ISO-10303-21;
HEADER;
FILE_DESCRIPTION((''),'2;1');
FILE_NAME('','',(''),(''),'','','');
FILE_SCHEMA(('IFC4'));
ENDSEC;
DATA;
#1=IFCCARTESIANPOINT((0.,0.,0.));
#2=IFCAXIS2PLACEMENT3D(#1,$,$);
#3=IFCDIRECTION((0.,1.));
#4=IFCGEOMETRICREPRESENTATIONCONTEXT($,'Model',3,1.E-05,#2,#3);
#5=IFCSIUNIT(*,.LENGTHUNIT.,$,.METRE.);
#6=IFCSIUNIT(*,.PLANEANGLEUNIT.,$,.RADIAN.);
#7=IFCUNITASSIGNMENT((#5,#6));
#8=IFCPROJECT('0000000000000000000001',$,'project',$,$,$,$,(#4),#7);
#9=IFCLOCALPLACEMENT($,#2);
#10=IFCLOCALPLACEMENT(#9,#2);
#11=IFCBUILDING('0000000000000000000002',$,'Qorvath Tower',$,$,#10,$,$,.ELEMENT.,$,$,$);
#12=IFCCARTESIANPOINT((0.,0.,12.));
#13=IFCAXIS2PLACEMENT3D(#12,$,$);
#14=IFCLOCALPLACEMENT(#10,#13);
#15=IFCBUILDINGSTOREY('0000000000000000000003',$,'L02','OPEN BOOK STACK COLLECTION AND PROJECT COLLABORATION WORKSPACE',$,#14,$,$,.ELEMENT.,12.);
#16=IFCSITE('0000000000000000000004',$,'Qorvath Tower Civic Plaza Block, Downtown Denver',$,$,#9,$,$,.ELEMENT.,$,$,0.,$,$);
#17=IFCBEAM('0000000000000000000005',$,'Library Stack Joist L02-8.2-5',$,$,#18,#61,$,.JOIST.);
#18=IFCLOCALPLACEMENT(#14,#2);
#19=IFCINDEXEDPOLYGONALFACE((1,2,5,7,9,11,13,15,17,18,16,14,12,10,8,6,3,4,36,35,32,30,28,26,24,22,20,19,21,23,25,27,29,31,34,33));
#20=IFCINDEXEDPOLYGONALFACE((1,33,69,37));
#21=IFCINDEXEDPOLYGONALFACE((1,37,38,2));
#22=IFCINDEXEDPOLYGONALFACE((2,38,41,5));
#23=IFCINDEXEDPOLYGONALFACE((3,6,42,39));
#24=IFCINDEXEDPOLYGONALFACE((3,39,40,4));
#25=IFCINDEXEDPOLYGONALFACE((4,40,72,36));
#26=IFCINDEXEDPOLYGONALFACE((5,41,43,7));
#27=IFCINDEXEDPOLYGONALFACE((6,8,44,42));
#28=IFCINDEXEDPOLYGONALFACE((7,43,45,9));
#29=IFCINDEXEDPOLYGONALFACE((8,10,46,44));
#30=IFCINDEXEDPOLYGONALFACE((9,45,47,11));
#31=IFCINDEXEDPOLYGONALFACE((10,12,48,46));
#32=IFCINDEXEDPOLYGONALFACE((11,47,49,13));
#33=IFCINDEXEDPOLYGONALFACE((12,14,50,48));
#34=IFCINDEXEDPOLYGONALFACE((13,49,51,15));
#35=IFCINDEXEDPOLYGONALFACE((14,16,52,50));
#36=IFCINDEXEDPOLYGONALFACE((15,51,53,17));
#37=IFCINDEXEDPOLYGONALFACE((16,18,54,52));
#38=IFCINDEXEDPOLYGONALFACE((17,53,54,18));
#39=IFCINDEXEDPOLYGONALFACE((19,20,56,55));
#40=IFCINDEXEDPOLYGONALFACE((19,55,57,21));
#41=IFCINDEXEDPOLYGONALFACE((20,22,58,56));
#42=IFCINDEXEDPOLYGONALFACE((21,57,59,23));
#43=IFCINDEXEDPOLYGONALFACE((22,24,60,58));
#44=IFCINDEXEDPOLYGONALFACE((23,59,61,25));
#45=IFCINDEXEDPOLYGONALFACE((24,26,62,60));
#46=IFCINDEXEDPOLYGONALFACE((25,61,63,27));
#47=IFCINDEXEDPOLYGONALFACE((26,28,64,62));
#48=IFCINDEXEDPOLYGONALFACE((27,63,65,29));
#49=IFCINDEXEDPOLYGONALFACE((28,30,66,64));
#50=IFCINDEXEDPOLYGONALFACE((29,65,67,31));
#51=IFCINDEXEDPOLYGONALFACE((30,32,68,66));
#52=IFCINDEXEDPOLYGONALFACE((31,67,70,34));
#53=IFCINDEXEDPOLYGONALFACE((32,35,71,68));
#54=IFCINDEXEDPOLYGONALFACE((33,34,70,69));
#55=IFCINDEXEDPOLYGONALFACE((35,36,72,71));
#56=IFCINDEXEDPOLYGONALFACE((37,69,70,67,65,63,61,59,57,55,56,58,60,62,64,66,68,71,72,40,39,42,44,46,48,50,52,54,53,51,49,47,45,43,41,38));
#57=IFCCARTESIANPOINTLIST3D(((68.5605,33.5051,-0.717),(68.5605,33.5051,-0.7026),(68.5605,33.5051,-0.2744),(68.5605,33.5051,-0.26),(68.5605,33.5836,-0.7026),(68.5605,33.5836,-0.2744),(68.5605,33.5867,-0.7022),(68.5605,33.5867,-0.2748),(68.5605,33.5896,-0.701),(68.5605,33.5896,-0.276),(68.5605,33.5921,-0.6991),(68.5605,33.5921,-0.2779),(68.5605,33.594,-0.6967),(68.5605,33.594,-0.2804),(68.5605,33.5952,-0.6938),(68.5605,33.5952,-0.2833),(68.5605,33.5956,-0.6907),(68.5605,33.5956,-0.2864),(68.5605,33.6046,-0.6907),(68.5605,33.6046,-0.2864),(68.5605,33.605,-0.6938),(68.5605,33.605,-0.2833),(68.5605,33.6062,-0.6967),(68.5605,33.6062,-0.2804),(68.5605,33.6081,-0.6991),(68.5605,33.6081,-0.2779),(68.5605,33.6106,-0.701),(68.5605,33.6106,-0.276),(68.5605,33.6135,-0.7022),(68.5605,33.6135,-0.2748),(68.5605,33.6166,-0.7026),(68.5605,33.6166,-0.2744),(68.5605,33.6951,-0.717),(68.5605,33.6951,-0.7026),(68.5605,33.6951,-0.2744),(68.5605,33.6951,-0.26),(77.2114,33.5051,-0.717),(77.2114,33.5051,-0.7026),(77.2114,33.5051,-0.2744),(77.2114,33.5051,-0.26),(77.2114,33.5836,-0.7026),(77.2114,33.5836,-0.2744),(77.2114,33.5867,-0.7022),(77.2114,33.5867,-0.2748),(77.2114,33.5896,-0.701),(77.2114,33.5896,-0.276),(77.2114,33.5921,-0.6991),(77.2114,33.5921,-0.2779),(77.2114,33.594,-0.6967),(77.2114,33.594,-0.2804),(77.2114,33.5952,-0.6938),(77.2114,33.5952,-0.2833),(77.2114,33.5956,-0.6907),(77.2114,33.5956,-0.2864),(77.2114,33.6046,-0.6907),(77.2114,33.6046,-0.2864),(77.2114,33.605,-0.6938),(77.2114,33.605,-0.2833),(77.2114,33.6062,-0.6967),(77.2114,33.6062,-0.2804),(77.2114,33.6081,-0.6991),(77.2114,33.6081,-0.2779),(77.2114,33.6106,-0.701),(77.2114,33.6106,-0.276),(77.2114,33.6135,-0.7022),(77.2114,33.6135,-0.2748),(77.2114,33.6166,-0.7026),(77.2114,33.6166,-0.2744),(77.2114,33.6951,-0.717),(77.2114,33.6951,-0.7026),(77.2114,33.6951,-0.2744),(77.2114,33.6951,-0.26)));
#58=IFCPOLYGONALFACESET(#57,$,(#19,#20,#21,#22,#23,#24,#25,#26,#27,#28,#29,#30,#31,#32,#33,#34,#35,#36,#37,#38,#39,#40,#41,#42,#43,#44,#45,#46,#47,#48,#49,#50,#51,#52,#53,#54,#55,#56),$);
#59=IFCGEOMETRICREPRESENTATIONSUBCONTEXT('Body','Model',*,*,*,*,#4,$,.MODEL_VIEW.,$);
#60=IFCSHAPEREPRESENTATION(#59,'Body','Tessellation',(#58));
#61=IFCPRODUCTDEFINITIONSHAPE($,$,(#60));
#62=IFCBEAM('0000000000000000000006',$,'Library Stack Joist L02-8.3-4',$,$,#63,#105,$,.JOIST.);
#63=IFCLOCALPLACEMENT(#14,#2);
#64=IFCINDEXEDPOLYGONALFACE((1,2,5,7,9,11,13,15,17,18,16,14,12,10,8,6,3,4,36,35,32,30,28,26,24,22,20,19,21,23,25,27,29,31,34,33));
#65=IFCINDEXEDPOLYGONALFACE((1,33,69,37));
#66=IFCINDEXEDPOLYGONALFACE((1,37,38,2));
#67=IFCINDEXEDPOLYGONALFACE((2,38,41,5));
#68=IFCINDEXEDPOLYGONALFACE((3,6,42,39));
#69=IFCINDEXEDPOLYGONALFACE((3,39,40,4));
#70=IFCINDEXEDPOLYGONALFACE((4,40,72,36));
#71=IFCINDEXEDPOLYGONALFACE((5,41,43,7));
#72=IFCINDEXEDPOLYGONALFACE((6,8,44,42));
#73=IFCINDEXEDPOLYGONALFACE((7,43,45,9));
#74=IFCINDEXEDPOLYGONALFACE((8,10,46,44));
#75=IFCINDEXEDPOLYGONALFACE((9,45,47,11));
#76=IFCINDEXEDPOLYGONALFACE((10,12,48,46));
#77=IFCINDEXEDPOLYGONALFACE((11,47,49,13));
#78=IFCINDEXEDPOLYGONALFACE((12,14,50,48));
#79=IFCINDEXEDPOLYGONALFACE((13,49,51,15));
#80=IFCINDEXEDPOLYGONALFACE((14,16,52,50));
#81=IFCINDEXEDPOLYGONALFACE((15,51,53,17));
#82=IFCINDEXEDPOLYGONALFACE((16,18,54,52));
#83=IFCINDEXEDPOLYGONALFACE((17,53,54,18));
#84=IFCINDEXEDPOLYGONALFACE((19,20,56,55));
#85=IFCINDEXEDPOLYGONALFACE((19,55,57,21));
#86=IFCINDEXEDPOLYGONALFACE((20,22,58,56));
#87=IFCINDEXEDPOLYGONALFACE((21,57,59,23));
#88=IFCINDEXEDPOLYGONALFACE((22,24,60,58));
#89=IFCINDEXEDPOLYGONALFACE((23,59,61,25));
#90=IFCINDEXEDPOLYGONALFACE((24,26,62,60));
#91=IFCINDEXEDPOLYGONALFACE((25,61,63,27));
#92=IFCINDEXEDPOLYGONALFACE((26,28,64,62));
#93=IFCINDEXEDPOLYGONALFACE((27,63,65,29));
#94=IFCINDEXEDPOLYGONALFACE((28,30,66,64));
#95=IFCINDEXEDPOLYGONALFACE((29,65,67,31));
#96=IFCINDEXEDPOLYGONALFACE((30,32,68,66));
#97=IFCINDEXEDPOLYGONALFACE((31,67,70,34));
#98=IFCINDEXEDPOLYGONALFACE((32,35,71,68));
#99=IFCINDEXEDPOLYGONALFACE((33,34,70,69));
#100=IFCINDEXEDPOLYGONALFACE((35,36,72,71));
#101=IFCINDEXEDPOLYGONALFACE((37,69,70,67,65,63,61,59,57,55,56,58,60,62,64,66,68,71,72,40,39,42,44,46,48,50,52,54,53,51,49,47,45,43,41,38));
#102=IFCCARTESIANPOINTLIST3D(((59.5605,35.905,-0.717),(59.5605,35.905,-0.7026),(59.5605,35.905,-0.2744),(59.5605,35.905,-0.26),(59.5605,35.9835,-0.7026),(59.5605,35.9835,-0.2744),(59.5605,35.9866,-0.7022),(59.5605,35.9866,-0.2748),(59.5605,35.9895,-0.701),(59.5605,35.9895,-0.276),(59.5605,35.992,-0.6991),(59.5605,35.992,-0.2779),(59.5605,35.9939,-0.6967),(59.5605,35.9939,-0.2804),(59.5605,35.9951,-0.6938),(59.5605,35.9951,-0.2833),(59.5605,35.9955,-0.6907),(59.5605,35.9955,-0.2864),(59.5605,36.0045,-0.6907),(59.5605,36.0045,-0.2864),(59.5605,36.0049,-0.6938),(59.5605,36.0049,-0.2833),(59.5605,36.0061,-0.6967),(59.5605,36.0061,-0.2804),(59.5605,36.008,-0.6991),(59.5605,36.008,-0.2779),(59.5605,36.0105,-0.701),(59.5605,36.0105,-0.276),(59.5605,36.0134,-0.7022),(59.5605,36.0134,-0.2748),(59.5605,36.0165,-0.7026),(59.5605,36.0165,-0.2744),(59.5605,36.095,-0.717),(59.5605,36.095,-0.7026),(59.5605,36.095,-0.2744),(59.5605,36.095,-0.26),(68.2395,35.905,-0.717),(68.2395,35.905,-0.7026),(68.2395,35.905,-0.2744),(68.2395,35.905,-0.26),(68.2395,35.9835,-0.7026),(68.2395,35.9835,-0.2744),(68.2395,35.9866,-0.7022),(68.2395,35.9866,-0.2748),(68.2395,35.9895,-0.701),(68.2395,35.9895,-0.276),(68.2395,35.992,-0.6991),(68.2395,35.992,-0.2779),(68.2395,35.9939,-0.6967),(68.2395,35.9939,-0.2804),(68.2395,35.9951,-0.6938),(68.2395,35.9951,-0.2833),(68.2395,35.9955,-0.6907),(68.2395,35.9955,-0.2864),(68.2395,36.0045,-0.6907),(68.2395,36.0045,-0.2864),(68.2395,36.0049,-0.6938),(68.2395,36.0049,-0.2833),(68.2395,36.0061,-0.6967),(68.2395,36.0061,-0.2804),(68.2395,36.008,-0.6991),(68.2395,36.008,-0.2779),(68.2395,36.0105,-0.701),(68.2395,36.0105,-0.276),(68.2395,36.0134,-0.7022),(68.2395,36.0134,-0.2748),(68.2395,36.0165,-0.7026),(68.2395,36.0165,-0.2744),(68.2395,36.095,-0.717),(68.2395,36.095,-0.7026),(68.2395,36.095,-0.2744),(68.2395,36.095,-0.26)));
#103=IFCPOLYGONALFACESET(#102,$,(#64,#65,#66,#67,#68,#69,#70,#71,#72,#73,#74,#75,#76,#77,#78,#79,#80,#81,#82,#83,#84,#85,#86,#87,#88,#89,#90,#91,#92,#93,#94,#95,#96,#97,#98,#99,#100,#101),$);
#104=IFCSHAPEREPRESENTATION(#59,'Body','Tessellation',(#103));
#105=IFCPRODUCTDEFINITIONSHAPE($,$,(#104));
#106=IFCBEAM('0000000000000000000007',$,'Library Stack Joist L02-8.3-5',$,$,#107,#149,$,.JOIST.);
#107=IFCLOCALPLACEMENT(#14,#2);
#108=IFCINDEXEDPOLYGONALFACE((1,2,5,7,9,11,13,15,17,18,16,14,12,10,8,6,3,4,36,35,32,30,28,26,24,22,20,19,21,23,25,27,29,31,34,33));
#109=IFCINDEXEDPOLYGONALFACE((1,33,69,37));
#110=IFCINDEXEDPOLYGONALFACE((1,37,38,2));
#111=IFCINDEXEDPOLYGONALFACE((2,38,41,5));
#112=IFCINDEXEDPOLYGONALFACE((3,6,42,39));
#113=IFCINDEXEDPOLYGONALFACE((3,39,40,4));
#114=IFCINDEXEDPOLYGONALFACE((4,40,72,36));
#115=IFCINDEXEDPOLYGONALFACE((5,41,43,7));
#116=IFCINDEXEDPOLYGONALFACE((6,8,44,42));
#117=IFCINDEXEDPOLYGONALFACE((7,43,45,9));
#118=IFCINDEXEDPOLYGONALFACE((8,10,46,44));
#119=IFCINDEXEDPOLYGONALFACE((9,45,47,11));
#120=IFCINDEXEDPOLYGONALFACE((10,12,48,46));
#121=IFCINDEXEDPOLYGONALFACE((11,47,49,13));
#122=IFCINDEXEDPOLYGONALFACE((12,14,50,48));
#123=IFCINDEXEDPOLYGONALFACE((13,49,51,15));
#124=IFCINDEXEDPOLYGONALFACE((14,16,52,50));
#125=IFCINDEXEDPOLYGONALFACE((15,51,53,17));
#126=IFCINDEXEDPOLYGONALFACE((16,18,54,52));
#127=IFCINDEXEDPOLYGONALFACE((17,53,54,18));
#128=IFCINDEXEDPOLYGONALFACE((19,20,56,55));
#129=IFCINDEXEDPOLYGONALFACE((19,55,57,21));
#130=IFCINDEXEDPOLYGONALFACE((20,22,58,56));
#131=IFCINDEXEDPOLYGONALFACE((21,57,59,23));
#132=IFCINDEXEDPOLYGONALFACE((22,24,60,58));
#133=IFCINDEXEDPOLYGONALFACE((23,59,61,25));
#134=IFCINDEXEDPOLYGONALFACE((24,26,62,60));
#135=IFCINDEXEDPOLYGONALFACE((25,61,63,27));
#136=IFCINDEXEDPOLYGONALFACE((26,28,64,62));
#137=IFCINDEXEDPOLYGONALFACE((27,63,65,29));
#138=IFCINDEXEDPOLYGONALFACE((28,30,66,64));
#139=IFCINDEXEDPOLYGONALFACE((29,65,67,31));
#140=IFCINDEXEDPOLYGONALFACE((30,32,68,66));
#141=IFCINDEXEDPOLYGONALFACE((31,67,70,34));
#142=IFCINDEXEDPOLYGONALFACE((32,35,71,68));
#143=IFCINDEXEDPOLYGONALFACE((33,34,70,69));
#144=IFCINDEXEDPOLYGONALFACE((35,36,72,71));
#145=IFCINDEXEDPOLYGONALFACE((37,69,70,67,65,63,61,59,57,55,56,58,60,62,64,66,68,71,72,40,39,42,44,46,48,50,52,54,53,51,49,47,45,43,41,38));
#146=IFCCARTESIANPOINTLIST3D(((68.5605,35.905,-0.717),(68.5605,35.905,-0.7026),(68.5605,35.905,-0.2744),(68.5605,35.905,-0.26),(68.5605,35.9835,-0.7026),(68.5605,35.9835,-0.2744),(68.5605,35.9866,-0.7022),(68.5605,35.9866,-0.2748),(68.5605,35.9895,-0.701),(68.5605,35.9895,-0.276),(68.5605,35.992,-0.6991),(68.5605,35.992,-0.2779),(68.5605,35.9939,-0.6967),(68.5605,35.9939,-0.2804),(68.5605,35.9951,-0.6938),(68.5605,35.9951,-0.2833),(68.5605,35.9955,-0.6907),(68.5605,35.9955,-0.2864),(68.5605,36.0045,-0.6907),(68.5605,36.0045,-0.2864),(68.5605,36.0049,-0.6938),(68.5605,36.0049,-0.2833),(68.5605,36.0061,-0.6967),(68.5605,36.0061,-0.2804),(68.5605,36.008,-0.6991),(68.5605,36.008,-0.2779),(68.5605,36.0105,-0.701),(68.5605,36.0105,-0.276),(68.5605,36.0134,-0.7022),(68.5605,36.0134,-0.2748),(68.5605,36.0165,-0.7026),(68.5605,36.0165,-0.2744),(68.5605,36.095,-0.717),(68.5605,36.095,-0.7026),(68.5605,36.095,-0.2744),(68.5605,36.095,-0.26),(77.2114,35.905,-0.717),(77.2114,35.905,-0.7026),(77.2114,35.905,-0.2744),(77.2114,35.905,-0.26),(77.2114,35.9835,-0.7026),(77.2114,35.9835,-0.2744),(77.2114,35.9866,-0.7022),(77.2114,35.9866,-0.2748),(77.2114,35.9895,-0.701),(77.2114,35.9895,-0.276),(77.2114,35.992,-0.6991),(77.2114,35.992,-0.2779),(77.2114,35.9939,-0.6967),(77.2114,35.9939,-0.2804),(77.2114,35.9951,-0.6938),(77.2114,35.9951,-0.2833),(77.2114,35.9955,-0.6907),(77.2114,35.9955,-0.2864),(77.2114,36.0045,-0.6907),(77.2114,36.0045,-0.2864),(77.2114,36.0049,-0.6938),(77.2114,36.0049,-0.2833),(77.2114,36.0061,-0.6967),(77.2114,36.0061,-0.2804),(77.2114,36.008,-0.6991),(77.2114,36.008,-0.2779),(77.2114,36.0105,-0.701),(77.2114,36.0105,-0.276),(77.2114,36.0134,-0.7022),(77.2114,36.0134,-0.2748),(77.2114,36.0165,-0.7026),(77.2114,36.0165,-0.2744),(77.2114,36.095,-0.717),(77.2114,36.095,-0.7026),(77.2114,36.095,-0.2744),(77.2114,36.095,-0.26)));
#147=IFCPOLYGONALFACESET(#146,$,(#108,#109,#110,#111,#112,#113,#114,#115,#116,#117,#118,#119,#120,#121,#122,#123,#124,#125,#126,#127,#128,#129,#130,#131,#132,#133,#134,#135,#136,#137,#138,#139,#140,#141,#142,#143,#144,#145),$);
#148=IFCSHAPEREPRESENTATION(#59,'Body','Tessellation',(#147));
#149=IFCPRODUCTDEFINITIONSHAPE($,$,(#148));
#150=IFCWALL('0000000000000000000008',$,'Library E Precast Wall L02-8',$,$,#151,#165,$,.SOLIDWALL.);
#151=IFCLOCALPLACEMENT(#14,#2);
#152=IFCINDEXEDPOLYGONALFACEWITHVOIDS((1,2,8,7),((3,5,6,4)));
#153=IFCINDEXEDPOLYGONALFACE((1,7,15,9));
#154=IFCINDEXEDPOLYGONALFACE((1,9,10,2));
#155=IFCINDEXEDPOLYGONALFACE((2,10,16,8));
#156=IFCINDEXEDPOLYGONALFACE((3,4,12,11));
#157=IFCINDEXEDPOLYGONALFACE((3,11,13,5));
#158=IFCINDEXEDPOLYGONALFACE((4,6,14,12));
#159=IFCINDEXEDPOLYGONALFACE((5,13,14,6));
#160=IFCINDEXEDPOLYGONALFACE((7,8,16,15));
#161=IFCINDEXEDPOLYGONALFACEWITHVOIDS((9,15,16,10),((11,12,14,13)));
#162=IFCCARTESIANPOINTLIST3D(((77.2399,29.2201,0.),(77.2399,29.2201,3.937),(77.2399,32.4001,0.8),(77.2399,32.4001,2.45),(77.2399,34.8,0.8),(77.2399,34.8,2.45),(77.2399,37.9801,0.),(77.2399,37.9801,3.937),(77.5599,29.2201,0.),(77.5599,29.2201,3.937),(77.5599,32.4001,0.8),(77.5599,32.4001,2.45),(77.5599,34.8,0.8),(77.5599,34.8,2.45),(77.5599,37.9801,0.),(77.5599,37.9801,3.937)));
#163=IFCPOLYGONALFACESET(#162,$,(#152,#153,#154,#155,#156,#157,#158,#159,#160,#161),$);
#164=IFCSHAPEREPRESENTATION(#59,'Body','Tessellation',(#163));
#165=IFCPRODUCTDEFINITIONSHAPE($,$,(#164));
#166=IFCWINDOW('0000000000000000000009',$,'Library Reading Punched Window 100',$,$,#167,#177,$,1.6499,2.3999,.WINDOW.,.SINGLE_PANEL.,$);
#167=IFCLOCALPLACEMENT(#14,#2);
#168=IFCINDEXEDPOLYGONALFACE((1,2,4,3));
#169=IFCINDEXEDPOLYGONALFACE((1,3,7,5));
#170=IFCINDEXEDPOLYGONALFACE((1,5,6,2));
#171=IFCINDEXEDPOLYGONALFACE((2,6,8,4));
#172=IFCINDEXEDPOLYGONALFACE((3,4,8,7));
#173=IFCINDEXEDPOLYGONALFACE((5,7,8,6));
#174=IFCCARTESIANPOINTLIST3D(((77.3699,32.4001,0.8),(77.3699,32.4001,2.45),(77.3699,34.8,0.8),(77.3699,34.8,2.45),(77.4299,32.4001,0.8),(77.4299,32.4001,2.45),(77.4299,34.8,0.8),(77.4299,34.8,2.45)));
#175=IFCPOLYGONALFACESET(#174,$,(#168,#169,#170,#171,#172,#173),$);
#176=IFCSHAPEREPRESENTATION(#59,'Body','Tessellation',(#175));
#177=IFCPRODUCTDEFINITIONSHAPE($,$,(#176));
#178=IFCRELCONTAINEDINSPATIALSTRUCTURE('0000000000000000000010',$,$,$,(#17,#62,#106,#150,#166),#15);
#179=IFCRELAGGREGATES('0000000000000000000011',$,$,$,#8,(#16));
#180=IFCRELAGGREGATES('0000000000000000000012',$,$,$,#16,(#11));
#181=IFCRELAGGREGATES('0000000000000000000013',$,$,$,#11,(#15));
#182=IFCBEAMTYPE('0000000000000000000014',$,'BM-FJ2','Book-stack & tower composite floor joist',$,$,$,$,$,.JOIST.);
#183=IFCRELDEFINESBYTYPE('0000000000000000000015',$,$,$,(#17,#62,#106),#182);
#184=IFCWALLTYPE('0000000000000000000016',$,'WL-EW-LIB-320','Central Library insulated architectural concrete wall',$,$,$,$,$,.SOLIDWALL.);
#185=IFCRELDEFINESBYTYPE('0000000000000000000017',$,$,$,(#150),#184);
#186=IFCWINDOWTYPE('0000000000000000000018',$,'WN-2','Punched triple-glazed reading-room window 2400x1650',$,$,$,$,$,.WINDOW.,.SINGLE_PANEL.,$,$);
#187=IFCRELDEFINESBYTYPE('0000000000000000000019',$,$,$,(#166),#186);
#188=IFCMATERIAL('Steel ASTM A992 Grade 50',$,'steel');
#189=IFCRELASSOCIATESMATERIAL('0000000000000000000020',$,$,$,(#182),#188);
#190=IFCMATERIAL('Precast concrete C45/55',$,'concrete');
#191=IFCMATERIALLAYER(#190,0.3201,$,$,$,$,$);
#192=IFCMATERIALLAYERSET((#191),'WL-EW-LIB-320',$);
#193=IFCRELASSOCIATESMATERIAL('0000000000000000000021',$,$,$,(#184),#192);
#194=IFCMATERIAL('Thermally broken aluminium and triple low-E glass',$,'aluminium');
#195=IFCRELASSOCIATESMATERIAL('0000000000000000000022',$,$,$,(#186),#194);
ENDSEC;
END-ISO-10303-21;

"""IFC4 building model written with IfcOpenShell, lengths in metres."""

from ifc_helpers import new_model, si_unit, direction, frame, frame_2d, origin, origin_2d, place, context, subcontext, project, spatial, rectangle, i_section, extrude, material, layer, layer_set, material_profile, profile_set, type_object, element, fill, save


model = new_model("IFC4")

# Units and contexts
model_context = context("Model", 3, precision=1e-05, world=origin(), true_north=direction((0.0, 1.0)))
body_context = subcontext(model_context, "Body", "Model", "MODEL_VIEW")
ifc_project = project(units=[si_unit("LENGTHUNIT", "METRE"), si_unit("PLANEANGLEUNIT", "RADIAN")], contexts=[model_context])

# Site, building, storey
site_placement = place(None, origin())
site = spatial("IfcSite", under=ifc_project, at=site_placement, Name="Qorvath Tower Civic Plaza Block, Downtown Denver", CompositionType="ELEMENT", RefElevation=0.0)
building_placement = place(site_placement, origin())
building = spatial("IfcBuilding", under=site, at=building_placement, Name="Qorvath Tower", CompositionType="ELEMENT")
storey_placement = place(building_placement, frame((0.0, 0.0, 12.0)))
storey = spatial("IfcBuildingStorey", under=building, at=storey_placement, Name="L02", Description="OPEN BOOK STACK COLLECTION AND PROJECT COLLABORATION WORKSPACE", CompositionType="ELEMENT", Elevation=12.0)

# Beams
ifc_material_1 = material(Name="Steel ASTM A992 Grade 50", Category="steel")
ifc_material_profile_1 = material_profile(ifc_material_1, i_section(OverallWidth=0.1899, OverallDepth=0.457, WebThickness=0.009, FlangeThickness=0.0144, FilletRadius=0.012, at=origin_2d()), Name="W18x50")
ifc_profile_set_1 = profile_set([ifc_material_profile_1], Name="Steel ASTM A992 Grade 50")
beam_type_1 = type_object("IfcBeamType", Name="BM-FJ2", Description="Book-stack & tower composite floor joist", PredefinedType="JOIST", material=ifc_profile_set_1)
beam_1_placement = place(storey_placement, frame((68.5605, 33.6001, -0.4885), z_axis=(1.0, 0.0, 0.0), x_axis=(0.0, 1.0, 0.0)))
element("IfcBeam", 1, at=beam_1_placement, inside=storey, type_object=beam_type_1, Name="Library Stack Joist L02-8.2-5", PredefinedType="JOIST", context=body_context, shape_type="SweptSolid", body=[
    extrude(i_section(OverallWidth=0.1899, OverallDepth=0.457, WebThickness=0.009, FlangeThickness=0.0144, FilletRadius=0.012, at=origin_2d()), origin(), (0.0, 0.0, 1.0), 8.6509),
])
beam_2_placement = place(storey_placement, frame((59.5605, 36.0, -0.4885), z_axis=(1.0, 0.0, 0.0), x_axis=(0.0, 1.0, 0.0)))
element("IfcBeam", 2, at=beam_2_placement, inside=storey, type_object=beam_type_1, Name="Library Stack Joist L02-8.3-4", PredefinedType="JOIST", context=body_context, shape_type="SweptSolid", body=[
    extrude(i_section(OverallWidth=0.1899, OverallDepth=0.457, WebThickness=0.009, FlangeThickness=0.0144, FilletRadius=0.012, at=origin_2d()), origin(), (0.0, 0.0, 1.0), 8.679),
])
beam_3_placement = place(storey_placement, frame((68.5605, 36.0, -0.4885), z_axis=(1.0, 0.0, 0.0), x_axis=(0.0, 1.0, 0.0)))
element("IfcBeam", 3, at=beam_3_placement, inside=storey, type_object=beam_type_1, Name="Library Stack Joist L02-8.3-5", PredefinedType="JOIST", context=body_context, shape_type="SweptSolid", body=[
    extrude(i_section(OverallWidth=0.1899, OverallDepth=0.457, WebThickness=0.009, FlangeThickness=0.0144, FilletRadius=0.012, at=origin_2d()), origin(), (0.0, 0.0, 1.0), 8.6509),
])

# Wall, opening, window
ifc_material_2 = material(Name="Precast concrete C45/55", Category="concrete")
ifc_layer = layer(ifc_material_2, 0.3201)
ifc_layer_set = layer_set([ifc_layer], Name="WL-EW-LIB-320")
wall_type = type_object("IfcWallType", Name="WL-EW-LIB-320", Description="Central Library insulated architectural concrete wall", PredefinedType="SOLIDWALL", material=ifc_layer_set)
wall_1_placement = place(storey_placement, frame((77.3999, 37.98, 0.0), z_axis=(0.0, 0.0, 1.0), x_axis=(0.0, -1.0, 0.0)))
wall_1 = element("IfcWall", 4, at=wall_1_placement, inside=storey, type_object=wall_type, Name="Library E Precast Wall L02-8", PredefinedType="SOLIDWALL", context=body_context, shape_type="SweptSolid", body=[
    extrude(rectangle(XDim=8.76, YDim=0.3201, at=frame_2d((4.3799, 0.0))), origin(), (0.0, 0.0, 1.0), 3.937),
])
opening_1_placement = place(wall_1_placement, frame((3.1799, 0.0, 0.8)))
opening_1 = element("IfcOpeningElement", 5, at=opening_1_placement, cuts=wall_1, PredefinedType="OPENING", context=body_context, shape_type="SweptSolid", body=[
    extrude(rectangle(XDim=2.3999, YDim=1.6499, at=frame_2d((1.2, 0.825))), frame((0.0, 0.1699, 0.0), z_axis=(0.0, -1.0, 0.0), x_axis=(1.0, 0.0, 0.0)), (0.0, 0.0, 1.0), 0.3401),
])
ifc_material_3 = material(Name="Thermally broken aluminium and triple low-E glass", Category="aluminium")
window_type = type_object("IfcWindowType", Name="WN-2", Description="Punched triple-glazed reading-room window 2400x1650", PartitioningType="SINGLE_PANEL", PredefinedType="WINDOW", material=ifc_material_3)
window_1_placement = place(opening_1_placement, origin())
window_1 = element("IfcWindow", 6, at=window_1_placement, inside=storey, type_object=window_type, Name="Library Reading Punched Window 100", OverallHeight=1.6499, OverallWidth=2.3999, PartitioningType="SINGLE_PANEL", PredefinedType="WINDOW", context=body_context, shape_type="SweptSolid", body=[
    extrude(rectangle(XDim=2.3999, YDim=1.6499, at=frame_2d((1.2, 0.825))), frame((0.0, 0.03, 0.0), z_axis=(0.0, -1.0, 0.0), x_axis=(1.0, 0.0, 0.0)), (0.0, 0.0, 1.0), 0.0601),
])
fill(opening_1, window_1)

save(model, "model.ifc")
